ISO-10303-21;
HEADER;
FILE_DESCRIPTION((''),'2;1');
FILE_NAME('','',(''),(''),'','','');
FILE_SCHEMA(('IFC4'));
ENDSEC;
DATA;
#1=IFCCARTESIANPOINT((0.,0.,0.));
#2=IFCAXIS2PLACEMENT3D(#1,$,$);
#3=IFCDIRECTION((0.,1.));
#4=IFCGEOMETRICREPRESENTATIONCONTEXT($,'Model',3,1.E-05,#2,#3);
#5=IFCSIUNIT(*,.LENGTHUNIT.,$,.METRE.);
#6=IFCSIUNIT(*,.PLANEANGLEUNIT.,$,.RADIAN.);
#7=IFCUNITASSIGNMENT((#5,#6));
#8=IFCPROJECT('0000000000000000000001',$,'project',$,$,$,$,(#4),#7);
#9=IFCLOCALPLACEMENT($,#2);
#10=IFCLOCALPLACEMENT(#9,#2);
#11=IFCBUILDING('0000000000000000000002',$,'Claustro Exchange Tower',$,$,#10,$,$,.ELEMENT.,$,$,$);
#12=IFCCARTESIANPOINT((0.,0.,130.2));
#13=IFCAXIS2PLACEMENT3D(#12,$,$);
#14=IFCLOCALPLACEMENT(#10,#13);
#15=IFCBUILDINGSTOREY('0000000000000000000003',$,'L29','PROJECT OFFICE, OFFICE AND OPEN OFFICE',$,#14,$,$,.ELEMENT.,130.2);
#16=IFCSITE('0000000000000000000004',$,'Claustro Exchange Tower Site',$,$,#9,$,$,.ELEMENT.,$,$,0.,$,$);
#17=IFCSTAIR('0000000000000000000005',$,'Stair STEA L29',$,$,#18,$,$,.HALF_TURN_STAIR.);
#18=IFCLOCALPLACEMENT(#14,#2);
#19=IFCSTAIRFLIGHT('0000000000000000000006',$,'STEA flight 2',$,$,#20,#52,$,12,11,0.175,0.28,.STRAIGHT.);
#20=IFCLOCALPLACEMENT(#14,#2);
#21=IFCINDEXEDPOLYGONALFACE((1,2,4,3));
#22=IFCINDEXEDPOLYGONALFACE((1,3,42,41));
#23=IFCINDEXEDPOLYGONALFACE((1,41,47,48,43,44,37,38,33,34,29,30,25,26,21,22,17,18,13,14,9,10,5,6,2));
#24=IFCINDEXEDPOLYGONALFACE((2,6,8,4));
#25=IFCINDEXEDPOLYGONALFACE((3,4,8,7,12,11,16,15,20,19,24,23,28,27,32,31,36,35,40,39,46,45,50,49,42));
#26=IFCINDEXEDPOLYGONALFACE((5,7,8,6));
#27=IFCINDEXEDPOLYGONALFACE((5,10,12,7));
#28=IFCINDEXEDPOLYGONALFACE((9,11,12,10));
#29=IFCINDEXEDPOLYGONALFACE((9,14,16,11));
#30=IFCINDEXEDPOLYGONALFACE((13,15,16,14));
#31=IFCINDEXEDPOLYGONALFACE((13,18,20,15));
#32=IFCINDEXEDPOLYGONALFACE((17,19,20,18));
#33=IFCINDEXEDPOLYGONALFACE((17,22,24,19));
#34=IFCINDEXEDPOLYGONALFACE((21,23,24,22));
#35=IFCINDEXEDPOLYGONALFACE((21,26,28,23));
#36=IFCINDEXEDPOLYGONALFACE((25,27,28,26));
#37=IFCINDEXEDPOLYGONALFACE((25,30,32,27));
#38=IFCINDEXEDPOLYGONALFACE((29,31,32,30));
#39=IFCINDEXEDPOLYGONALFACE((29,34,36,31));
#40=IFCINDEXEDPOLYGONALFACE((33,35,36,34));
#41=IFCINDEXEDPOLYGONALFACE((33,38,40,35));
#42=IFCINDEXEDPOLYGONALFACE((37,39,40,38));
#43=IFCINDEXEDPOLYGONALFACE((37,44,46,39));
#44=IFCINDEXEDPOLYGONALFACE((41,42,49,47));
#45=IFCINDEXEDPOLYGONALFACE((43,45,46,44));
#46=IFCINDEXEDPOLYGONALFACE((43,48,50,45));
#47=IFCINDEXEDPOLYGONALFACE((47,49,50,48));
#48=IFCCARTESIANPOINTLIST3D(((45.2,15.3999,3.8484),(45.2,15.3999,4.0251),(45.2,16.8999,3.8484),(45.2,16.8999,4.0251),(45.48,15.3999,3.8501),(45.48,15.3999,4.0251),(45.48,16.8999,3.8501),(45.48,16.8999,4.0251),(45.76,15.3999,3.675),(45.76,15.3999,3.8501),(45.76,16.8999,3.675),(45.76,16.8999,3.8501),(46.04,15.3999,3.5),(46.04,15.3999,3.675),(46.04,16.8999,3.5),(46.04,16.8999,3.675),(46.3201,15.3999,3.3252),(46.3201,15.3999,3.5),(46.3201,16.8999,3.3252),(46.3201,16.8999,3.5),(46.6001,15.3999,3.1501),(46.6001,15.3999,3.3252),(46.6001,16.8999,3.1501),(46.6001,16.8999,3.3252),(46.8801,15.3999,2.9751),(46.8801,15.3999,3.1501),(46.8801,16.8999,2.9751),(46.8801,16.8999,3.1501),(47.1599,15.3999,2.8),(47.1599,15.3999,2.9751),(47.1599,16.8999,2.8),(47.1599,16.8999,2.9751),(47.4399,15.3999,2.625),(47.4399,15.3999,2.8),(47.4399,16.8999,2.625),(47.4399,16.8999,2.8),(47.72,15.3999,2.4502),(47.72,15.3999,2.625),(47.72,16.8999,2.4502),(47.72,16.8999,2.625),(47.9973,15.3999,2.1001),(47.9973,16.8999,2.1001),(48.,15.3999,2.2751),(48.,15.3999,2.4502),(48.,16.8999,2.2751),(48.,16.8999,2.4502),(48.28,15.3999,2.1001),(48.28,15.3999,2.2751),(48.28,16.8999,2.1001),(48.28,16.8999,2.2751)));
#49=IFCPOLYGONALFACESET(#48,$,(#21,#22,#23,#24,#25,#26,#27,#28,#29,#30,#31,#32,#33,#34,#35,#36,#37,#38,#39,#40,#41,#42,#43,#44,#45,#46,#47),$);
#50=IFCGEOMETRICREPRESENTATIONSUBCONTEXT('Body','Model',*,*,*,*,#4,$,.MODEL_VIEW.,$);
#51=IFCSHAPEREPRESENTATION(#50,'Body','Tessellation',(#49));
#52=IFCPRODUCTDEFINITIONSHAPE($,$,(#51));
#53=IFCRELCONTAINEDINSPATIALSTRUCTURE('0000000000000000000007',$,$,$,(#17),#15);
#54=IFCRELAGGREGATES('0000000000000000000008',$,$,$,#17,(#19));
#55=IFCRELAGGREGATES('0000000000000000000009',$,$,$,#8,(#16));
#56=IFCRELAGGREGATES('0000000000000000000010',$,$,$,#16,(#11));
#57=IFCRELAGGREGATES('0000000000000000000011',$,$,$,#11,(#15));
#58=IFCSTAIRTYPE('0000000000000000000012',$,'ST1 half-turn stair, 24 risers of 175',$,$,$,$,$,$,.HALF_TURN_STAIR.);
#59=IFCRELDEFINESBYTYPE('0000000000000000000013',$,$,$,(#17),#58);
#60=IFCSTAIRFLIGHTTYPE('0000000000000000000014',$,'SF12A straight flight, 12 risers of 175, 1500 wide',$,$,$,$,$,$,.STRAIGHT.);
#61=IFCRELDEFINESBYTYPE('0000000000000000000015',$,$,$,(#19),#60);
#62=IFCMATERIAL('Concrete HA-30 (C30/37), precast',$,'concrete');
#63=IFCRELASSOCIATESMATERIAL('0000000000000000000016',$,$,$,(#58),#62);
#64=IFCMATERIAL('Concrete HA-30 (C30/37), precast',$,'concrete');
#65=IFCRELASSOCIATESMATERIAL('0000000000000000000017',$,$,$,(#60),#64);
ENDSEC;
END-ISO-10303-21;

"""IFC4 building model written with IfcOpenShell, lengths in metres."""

from ifc_helpers import new_model, si_unit, direction, frame, origin, place, context, subcontext, project, spatial, polyline, outline, extrude, material, type_object, element, aggregate, save


model = new_model("IFC4")

# Units and contexts
model_context = context("Model", 3, precision=1e-05, world=origin(), true_north=direction((0.0, 1.0)))
body_context = subcontext(model_context, "Body", "Model", "MODEL_VIEW")
ifc_project = project(units=[si_unit("LENGTHUNIT", "METRE"), si_unit("PLANEANGLEUNIT", "RADIAN")], contexts=[model_context])

# Site, building, storey
site_placement = place(None, origin())
site = spatial("IfcSite", under=ifc_project, at=site_placement, Name="Claustro Exchange Tower Site", CompositionType="ELEMENT", RefElevation=0.0)
building_placement = place(site_placement, origin())
building = spatial("IfcBuilding", under=site, at=building_placement, Name="Claustro Exchange Tower", CompositionType="ELEMENT")
storey_placement = place(building_placement, frame((0.0, 0.0, 130.2)))
storey = spatial("IfcBuildingStorey", under=building, at=storey_placement, Name="L29", Description="PROJECT OFFICE, OFFICE AND OPEN OFFICE", CompositionType="ELEMENT", Elevation=130.2)

# Stair, stair flight
ifc_material_1 = material(Name="Concrete HA-30 (C30/37), precast", Category="concrete")
stair_type = type_object("IfcStairType", Name="ST1 half-turn stair, 24 risers of 175", PredefinedType="HALF_TURN_STAIR", material=ifc_material_1)
stair_placement = place(storey_placement, origin())
stair = element("IfcStair", 1, at=stair_placement, inside=storey, type_object=stair_type, Name="Stair STEA L29", PredefinedType="HALF_TURN_STAIR")
ifc_material_2 = material(Name="Concrete HA-30 (C30/37), precast", Category="concrete")
stair_flight_type = type_object("IfcStairFlightType", Name="SF12A straight flight, 12 risers of 175, 1500 wide", PredefinedType="STRAIGHT", material=ifc_material_2)
stair_flight_placement = place(storey_placement, frame((48.28, 16.1499, 2.1001), z_axis=(0.0, 0.0, 1.0), x_axis=(-1.0, 0.0, 0.0)))
stair_flight = element("IfcStairFlight", 2, at=stair_flight_placement, type_object=stair_flight_type, Name="STEA flight 2", NumberOfRisers=12, NumberOfTreads=11, PredefinedType="STRAIGHT", RiserHeight=0.175, TreadLength=0.28, context=body_context, shape_type="SweptSolid", body=[
    extrude(outline(polyline([(0.0, 0.0), (0.0, 0.175), (0.28, 0.175), (0.28, 0.3501), (0.5601, 0.3501), (0.5601, 0.5249), (0.8401, 0.5249), (0.8401, 0.7), (1.1201, 0.7), (1.1201, 0.875), (1.3999, 0.875), (1.3999, 1.05), (1.6799, 1.05), (1.6799, 1.2251), (1.96, 1.2251), (1.96, 1.3999), (2.24, 1.3999), (2.24, 1.575), (2.52, 1.575), (2.52, 1.75), (2.8, 1.75), (2.8, 1.925), (3.0801, 1.925), (3.0801, 2.1001), (3.0801, 1.7483), (0.2827, 0.0), (0.0, 0.0)])), frame((0.0, 0.75, 0.0), z_axis=(0.0, -1.0, 0.0), x_axis=(1.0, 0.0, 0.0)), (0.0, 0.0, 1.0), 1.5),
])
aggregate(stair, [stair_flight])

save(model, "model.ifc")
